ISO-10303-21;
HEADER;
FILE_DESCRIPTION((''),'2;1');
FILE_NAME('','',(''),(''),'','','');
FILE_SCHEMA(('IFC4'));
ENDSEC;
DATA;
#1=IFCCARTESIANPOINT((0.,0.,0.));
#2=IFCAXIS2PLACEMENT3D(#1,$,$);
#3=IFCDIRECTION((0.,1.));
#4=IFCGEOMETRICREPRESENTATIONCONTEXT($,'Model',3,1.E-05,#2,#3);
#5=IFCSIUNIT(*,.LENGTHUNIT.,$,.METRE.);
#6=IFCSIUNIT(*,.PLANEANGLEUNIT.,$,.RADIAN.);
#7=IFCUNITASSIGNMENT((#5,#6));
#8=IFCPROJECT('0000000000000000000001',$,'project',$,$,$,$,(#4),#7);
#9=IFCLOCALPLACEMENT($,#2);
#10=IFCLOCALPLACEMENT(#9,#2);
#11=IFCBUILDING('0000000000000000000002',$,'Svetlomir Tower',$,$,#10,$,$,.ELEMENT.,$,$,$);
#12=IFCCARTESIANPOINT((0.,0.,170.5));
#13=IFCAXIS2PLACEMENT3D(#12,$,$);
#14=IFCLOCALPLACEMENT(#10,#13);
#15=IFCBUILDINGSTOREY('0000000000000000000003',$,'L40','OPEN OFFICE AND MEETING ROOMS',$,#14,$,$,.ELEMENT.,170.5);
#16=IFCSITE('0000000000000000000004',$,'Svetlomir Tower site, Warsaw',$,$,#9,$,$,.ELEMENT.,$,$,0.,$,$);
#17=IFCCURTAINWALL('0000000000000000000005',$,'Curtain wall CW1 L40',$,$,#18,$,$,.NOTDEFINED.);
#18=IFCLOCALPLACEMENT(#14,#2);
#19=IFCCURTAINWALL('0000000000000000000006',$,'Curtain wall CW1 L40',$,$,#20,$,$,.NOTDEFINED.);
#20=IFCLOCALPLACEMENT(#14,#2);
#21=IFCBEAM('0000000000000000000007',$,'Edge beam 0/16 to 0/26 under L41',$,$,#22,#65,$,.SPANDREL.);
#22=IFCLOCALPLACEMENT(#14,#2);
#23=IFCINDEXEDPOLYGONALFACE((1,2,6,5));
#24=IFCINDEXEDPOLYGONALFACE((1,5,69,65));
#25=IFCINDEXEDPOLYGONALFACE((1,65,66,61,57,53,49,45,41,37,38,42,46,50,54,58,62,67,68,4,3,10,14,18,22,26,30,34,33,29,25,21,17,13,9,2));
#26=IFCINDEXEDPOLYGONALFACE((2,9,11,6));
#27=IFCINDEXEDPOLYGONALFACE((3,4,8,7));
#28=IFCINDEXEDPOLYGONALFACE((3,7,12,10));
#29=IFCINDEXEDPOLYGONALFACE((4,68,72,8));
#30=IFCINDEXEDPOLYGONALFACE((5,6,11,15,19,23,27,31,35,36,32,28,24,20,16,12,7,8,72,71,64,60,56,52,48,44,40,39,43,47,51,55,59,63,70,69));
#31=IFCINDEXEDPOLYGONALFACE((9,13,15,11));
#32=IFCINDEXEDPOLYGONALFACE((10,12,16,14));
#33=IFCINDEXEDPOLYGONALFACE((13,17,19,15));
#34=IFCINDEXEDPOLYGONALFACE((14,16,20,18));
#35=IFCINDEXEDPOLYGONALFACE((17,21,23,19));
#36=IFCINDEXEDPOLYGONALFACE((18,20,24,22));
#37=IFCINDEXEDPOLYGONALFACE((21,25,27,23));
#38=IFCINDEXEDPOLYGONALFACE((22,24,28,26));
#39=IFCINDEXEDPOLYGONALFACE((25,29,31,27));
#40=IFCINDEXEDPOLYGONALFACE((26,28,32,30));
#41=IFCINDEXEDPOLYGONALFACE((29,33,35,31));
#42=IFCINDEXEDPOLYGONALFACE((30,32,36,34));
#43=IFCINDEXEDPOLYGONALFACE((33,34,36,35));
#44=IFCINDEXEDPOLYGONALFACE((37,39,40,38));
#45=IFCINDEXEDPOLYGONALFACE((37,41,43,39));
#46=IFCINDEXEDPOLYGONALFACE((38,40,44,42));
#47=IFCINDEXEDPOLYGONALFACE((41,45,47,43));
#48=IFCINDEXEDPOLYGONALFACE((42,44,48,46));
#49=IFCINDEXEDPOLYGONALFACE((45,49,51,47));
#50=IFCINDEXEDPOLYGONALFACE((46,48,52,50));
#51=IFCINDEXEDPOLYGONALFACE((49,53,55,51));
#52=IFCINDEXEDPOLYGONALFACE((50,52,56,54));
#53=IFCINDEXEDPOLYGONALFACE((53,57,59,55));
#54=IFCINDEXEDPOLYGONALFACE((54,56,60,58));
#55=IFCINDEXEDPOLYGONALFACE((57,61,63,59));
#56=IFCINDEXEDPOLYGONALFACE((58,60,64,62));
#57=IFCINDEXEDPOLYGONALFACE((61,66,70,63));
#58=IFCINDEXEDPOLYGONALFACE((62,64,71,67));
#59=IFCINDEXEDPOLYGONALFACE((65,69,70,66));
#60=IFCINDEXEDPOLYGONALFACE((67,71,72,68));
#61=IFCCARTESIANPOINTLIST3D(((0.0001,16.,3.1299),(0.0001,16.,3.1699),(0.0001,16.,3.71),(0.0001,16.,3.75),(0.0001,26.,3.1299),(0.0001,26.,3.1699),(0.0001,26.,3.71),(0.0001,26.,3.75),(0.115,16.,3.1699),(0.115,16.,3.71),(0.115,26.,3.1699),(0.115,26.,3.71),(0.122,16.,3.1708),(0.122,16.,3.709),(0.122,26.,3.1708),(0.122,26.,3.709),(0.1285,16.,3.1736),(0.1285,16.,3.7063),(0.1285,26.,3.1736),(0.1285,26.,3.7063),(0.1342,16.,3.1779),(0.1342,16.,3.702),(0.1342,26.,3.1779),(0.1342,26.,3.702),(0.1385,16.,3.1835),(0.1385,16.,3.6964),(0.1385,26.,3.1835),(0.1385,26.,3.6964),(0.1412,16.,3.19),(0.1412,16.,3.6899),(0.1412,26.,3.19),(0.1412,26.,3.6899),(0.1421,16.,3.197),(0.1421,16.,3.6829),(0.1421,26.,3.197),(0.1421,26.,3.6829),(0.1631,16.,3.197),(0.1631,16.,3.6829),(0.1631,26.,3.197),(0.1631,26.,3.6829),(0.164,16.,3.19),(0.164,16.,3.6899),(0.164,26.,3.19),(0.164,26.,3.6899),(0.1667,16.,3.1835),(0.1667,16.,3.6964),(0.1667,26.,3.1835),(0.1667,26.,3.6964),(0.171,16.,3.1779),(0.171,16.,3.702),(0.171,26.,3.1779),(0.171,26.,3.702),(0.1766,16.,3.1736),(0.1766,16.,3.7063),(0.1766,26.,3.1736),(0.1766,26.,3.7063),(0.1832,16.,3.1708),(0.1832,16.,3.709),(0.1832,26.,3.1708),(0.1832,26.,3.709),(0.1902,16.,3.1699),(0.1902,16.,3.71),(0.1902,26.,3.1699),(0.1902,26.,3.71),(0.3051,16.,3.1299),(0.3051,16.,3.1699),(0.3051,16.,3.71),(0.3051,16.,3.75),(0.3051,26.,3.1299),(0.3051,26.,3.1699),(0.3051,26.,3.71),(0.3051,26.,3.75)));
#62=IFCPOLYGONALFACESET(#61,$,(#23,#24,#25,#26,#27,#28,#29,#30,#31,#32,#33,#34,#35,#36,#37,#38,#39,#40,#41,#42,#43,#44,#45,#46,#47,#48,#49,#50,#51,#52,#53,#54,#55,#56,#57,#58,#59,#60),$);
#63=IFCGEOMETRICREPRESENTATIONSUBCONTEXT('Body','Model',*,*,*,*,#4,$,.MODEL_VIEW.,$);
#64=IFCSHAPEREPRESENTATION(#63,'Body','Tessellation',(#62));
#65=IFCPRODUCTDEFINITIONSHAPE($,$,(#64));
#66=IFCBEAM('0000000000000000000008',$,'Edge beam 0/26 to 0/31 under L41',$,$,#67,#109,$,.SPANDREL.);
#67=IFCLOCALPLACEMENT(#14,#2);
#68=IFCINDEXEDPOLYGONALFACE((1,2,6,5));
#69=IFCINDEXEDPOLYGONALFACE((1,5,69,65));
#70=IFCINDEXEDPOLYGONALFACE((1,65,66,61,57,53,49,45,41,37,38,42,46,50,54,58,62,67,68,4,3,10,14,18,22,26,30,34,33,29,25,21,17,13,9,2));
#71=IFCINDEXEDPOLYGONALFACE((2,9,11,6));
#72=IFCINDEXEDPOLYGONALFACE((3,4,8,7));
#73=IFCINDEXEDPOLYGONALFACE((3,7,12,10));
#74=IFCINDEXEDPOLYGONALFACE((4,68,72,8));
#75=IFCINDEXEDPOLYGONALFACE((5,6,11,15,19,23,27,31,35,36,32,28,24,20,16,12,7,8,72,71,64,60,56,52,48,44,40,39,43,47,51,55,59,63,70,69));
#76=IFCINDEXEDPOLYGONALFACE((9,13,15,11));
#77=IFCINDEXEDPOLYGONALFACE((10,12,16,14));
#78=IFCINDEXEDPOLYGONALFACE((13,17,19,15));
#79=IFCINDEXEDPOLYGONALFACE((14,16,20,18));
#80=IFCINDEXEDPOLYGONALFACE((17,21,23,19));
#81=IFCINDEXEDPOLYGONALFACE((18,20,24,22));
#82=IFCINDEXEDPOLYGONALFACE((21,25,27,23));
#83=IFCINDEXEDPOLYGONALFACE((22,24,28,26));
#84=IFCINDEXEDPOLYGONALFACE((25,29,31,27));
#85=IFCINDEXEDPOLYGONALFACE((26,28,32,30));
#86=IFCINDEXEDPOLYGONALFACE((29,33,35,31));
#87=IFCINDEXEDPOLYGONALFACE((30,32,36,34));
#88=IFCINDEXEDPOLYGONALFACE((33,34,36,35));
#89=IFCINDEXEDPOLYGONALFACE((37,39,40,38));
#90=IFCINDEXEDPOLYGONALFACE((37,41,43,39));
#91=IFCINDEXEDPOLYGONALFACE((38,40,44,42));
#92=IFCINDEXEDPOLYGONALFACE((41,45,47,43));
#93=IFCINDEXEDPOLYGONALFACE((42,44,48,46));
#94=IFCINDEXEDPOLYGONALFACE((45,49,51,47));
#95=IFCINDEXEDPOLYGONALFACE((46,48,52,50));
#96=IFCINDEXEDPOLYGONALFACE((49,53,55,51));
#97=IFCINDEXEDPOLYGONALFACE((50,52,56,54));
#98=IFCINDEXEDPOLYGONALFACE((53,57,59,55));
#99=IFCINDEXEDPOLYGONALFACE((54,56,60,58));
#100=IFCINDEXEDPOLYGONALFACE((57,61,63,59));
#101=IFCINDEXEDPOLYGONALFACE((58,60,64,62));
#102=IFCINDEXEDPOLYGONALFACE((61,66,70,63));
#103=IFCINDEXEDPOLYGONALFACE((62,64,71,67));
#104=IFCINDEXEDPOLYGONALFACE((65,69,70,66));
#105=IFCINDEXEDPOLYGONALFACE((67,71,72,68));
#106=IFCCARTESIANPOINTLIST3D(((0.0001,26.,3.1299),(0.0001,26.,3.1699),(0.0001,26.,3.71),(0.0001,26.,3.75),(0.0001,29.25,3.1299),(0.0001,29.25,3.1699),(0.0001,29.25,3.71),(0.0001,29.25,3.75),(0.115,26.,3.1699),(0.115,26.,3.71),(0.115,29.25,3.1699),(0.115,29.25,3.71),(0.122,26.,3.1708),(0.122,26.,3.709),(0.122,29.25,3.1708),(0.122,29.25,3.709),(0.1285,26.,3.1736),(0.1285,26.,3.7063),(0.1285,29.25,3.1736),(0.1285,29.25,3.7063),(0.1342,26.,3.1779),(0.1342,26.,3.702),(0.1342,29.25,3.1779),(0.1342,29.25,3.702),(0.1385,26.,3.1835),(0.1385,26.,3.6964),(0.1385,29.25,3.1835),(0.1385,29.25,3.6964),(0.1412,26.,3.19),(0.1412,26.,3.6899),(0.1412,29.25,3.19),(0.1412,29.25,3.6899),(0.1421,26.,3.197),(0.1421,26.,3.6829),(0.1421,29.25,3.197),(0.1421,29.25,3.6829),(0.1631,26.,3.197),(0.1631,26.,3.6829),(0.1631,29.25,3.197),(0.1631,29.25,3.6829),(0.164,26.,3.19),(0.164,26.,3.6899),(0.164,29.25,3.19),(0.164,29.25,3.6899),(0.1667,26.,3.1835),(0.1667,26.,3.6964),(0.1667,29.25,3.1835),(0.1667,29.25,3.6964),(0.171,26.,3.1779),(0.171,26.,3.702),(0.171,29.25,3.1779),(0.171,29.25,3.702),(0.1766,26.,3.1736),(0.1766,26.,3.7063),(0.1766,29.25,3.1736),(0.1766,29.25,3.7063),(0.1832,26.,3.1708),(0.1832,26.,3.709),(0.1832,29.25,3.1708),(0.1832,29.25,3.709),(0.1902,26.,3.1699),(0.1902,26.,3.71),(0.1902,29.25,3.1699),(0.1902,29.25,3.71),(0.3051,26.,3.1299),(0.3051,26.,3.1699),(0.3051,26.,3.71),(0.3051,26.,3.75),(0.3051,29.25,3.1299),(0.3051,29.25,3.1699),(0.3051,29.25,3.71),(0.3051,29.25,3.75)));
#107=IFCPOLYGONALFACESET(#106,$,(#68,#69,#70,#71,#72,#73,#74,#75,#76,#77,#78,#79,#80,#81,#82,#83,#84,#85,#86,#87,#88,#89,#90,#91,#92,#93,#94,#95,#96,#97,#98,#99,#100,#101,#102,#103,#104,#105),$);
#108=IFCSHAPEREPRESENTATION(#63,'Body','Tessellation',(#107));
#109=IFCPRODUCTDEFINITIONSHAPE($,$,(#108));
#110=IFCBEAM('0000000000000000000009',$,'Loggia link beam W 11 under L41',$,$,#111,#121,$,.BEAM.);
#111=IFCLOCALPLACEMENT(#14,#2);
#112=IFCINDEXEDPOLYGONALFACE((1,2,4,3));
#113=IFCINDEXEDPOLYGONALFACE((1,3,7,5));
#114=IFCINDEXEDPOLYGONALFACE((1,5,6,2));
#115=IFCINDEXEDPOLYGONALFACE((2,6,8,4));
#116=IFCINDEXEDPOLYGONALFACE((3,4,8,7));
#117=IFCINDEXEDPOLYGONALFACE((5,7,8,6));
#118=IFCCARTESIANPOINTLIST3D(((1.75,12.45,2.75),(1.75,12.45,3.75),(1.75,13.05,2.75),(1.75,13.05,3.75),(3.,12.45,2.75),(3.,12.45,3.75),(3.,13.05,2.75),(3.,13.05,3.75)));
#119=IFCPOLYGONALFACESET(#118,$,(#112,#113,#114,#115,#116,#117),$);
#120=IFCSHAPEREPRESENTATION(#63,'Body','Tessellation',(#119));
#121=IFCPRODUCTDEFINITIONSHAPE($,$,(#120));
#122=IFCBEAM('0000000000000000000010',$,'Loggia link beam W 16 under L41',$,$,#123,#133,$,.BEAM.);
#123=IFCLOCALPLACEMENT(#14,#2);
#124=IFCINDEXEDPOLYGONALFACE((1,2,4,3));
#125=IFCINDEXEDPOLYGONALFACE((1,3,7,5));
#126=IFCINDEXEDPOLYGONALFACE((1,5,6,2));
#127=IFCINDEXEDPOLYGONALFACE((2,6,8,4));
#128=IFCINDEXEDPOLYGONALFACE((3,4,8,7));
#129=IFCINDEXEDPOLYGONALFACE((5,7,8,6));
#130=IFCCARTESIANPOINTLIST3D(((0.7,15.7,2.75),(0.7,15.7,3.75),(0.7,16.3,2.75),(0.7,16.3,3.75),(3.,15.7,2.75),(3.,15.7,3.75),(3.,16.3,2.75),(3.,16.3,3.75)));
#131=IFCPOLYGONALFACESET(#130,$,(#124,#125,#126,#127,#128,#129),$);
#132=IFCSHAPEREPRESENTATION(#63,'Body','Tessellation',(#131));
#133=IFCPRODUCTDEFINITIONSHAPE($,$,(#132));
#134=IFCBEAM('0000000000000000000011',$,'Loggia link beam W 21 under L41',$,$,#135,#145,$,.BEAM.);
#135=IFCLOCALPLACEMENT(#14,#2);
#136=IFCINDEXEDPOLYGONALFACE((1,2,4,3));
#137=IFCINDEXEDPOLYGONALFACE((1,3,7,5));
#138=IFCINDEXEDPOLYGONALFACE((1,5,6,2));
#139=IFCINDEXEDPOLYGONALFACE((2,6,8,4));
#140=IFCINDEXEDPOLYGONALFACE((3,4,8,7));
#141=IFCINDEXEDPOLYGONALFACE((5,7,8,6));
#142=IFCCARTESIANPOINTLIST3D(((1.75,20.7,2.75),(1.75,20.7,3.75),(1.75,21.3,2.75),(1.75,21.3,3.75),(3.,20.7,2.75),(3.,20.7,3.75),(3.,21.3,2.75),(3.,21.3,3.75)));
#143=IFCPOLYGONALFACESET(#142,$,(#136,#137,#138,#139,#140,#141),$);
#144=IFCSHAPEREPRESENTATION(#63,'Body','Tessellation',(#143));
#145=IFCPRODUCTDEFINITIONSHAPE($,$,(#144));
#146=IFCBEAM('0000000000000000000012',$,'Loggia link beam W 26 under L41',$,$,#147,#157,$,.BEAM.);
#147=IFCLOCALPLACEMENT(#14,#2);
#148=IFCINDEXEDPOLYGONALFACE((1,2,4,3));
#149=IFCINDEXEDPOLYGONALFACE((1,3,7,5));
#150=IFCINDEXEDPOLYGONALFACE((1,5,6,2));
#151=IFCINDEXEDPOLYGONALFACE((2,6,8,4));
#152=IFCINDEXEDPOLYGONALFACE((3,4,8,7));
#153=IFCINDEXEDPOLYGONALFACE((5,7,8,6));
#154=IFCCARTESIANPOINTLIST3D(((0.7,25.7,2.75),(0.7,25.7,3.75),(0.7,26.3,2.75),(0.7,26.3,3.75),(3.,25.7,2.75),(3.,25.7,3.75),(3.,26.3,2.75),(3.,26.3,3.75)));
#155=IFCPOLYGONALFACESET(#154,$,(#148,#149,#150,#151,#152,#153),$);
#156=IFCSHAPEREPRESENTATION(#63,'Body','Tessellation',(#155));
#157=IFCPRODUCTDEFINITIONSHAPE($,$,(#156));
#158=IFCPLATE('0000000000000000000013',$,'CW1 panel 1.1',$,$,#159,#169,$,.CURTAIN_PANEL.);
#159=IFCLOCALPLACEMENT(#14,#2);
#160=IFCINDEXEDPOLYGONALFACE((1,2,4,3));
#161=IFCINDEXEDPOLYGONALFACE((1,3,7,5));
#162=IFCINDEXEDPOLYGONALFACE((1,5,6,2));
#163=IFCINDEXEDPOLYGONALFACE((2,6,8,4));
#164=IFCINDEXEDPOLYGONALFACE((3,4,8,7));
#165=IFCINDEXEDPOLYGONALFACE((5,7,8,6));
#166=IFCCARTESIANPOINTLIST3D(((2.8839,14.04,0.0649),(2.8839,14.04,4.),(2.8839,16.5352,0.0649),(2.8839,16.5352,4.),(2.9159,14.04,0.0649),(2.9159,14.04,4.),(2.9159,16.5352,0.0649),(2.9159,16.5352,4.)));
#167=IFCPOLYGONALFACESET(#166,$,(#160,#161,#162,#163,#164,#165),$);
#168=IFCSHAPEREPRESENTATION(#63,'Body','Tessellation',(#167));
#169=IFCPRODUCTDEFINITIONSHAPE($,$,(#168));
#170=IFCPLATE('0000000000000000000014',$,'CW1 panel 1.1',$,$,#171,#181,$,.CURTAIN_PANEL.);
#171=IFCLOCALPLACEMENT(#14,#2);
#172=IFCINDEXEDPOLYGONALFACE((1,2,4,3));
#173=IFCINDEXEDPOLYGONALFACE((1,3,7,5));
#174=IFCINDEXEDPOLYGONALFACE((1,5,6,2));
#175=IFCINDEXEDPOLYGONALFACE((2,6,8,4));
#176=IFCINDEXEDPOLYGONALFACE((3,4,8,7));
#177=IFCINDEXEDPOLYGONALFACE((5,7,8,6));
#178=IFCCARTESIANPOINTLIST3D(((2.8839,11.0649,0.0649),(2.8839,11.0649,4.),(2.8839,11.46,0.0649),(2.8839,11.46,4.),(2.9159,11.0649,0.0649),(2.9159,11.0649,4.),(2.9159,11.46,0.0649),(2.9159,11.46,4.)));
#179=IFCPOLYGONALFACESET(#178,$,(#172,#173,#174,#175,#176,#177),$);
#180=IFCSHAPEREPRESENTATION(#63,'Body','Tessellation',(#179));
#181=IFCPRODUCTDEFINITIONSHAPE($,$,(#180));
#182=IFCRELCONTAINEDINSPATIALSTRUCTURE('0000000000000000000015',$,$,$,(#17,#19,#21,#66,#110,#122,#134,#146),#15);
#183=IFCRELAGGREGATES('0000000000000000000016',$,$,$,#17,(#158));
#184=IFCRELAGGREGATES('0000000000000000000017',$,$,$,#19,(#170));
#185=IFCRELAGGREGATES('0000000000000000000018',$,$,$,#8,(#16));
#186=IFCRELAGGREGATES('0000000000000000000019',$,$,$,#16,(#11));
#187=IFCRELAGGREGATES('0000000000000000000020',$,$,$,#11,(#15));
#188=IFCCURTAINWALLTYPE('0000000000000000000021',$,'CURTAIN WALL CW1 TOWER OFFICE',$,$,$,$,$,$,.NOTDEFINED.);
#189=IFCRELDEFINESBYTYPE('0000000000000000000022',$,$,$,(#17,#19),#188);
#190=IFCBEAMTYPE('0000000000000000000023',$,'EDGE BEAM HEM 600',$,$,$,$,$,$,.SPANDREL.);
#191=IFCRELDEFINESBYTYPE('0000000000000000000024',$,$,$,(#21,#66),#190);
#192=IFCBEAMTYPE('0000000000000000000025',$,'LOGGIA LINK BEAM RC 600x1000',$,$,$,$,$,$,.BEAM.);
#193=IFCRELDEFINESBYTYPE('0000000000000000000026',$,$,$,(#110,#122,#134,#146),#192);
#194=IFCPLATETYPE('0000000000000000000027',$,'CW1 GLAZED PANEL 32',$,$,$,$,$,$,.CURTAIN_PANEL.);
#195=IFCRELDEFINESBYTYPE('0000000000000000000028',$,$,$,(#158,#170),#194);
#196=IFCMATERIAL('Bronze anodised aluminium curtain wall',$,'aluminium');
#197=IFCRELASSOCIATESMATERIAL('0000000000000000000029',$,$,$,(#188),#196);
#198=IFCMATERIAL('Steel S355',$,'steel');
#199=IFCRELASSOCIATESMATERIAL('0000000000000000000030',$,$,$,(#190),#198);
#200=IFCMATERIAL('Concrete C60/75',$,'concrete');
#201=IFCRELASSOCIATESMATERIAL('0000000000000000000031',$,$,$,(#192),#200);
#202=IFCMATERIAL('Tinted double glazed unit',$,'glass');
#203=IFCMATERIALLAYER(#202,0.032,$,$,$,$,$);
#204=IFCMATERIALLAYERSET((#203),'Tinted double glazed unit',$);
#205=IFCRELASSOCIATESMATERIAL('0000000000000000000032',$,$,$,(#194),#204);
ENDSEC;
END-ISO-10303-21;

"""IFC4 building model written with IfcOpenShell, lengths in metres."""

from ifc_helpers import new_model, si_unit, direction, frame, origin, origin_2d, place, context, subcontext, project, spatial, rectangle, i_section, extrude, material, layer, layer_set, material_profile, profile_set, type_object, element, aggregate, save


model = new_model("IFC4")

# Units and contexts
model_context = context("Model", 3, precision=1e-05, world=origin(), true_north=direction((0.0, 1.0)))
body_context = subcontext(model_context, "Body", "Model", "MODEL_VIEW")
ifc_project = project(units=[si_unit("LENGTHUNIT", "METRE"), si_unit("PLANEANGLEUNIT", "RADIAN")], contexts=[model_context])

# Site, building, storey
site_placement = place(None, origin())
site = spatial("IfcSite", under=ifc_project, at=site_placement, Name="Svetlomir Tower site, Warsaw", CompositionType="ELEMENT", RefElevation=0.0)
building_placement = place(site_placement, origin())
building = spatial("IfcBuilding", under=site, at=building_placement, Name="Svetlomir Tower", CompositionType="ELEMENT")
storey_placement = place(building_placement, frame((0.0, 0.0, 170.5)))
storey = spatial("IfcBuildingStorey", under=building, at=storey_placement, Name="L40", Description="OPEN OFFICE AND MEETING ROOMS", CompositionType="ELEMENT", Elevation=170.5)

# Curtain walls
ifc_material_1 = material(Name="Bronze anodised aluminium curtain wall", Category="aluminium")
curtain_wall_type = type_object("IfcCurtainWallType", Name="CURTAIN WALL CW1 TOWER OFFICE", PredefinedType="NOTDEFINED", material=ifc_material_1)
curtain_wall_1_placement = place(storey_placement, origin())
curtain_wall_1 = element("IfcCurtainWall", 1, at=curtain_wall_1_placement, inside=storey, type_object=curtain_wall_type, Name="Curtain wall CW1 L40", PredefinedType="NOTDEFINED")
curtain_wall_2_placement = place(storey_placement, origin())
curtain_wall_2 = element("IfcCurtainWall", 2, at=curtain_wall_2_placement, inside=storey, type_object=curtain_wall_type, Name="Curtain wall CW1 L40", PredefinedType="NOTDEFINED")

# Beams
ifc_material_2 = material(Name="Steel S355", Category="steel")
ifc_material_profile_1 = material_profile(ifc_material_2, i_section(OverallWidth=0.3049, OverallDepth=0.6201, WebThickness=0.021, FlangeThickness=0.04, FilletRadius=0.0271, at=origin_2d()), Name="HEM 600")
ifc_profile_set_1 = profile_set([ifc_material_profile_1], Name="Steel S355")
beam_type_1 = type_object("IfcBeamType", Name="EDGE BEAM HEM 600", PredefinedType="SPANDREL", material=ifc_profile_set_1)
beam_1_placement = place(storey_placement, frame((0.1526, 16.0, 3.4399), z_axis=(0.0, 1.0, 0.0), x_axis=(-1.0, 0.0, 0.0)))
element("IfcBeam", 3, at=beam_1_placement, inside=storey, type_object=beam_type_1, Name="Edge beam 0/16 to 0/26 under L41", PredefinedType="SPANDREL", context=body_context, shape_type="SweptSolid", body=[
    extrude(i_section(OverallWidth=0.3049, OverallDepth=0.6201, WebThickness=0.021, FlangeThickness=0.04, FilletRadius=0.0271, at=origin_2d()), origin(), (0.0, 0.0, 1.0), 10.0),
])
beam_2_placement = place(storey_placement, frame((0.1526, 26.0, 3.4399), z_axis=(0.0, 1.0, 0.0), x_axis=(-1.0, 0.0, 0.0)))
element("IfcBeam", 4, at=beam_2_placement, inside=storey, type_object=beam_type_1, Name="Edge beam 0/26 to 0/31 under L41", PredefinedType="SPANDREL", context=body_context, shape_type="SweptSolid", body=[
    extrude(i_section(OverallWidth=0.3049, OverallDepth=0.6201, WebThickness=0.021, FlangeThickness=0.04, FilletRadius=0.0271, at=origin_2d()), origin(), (0.0, 0.0, 1.0), 3.25),
])
ifc_material_3 = material(Name="Concrete C60/75", Category="concrete")
ifc_material_profile_2 = material_profile(ifc_material_3, rectangle(XDim=0.6001, YDim=1.0, at=origin_2d()), Name="RC 600x1000")
ifc_profile_set_2 = profile_set([ifc_material_profile_2], Name="Concrete C60/75")
beam_type_2 = type_object("IfcBeamType", Name="LOGGIA LINK BEAM RC 600x1000", PredefinedType="BEAM", material=ifc_profile_set_2)
beam_3_placement = place(storey_placement, frame((1.75, 12.75, 3.25), z_axis=(1.0, 0.0, 0.0), x_axis=(0.0, 1.0, 0.0)))
element("IfcBeam", 5, at=beam_3_placement, inside=storey, type_object=beam_type_2, Name="Loggia link beam W 11 under L41", PredefinedType="BEAM", context=body_context, shape_type="SweptSolid", body=[
    extrude(rectangle(XDim=0.6001, YDim=1.0, at=origin_2d()), origin(), (0.0, 0.0, 1.0), 1.25),
])
beam_4_placement = place(storey_placement, frame((0.7, 16.0, 3.25), z_axis=(1.0, 0.0, 0.0), x_axis=(0.0, 1.0, 0.0)))
element("IfcBeam", 6, at=beam_4_placement, inside=storey, type_object=beam_type_2, Name="Loggia link beam W 16 under L41", PredefinedType="BEAM", context=body_context, shape_type="SweptSolid", body=[
    extrude(rectangle(XDim=0.6001, YDim=1.0, at=origin_2d()), origin(), (0.0, 0.0, 1.0), 2.3),
])
beam_5_placement = place(storey_placement, frame((1.75, 21.0, 3.25), z_axis=(1.0, 0.0, 0.0), x_axis=(0.0, 1.0, 0.0)))
element("IfcBeam", 7, at=beam_5_placement, inside=storey, type_object=beam_type_2, Name="Loggia link beam W 21 under L41", PredefinedType="BEAM", context=body_context, shape_type="SweptSolid", body=[
    extrude(rectangle(XDim=0.6001, YDim=1.0, at=origin_2d()), origin(), (0.0, 0.0, 1.0), 1.25),
])
beam_6_placement = place(storey_placement, frame((0.7, 26.0, 3.25), z_axis=(1.0, 0.0, 0.0), x_axis=(0.0, 1.0, 0.0)))
element("IfcBeam", 8, at=beam_6_placement, inside=storey, type_object=beam_type_2, Name="Loggia link beam W 26 under L41", PredefinedType="BEAM", context=body_context, shape_type="SweptSolid", body=[
    extrude(rectangle(XDim=0.6001, YDim=1.0, at=origin_2d()), origin(), (0.0, 0.0, 1.0), 2.3),
])

# Plates
ifc_material_4 = material(Name="Tinted double glazed unit", Category="glass")
ifc_layer_1 = layer(ifc_material_4, 0.032)
ifc_layer_set_1 = layer_set([ifc_layer_1], Name="Tinted double glazed unit")
plate_type = type_object("IfcPlateType", Name="CW1 GLAZED PANEL 32", PredefinedType="CURTAIN_PANEL", material=ifc_layer_set_1)
plate_1_placement = place(storey_placement, frame((2.8999, 15.2876, 0.0649), z_axis=(0.0, 0.0, 1.0), x_axis=(0.0, -1.0, 0.0)))
plate_1 = element("IfcPlate", 9, at=plate_1_placement, type_object=plate_type, Name="CW1 panel 1.1", PredefinedType="CURTAIN_PANEL", context=body_context, shape_type="SweptSolid", body=[
    extrude(rectangle(XDim=2.4951, YDim=0.032, at=origin_2d()), origin(), (0.0, 0.0, 1.0), 3.9351),
])
aggregate(curtain_wall_1, [plate_1])
plate_2_placement = place(storey_placement, frame((2.8999, 11.2625, 0.0649), z_axis=(0.0, 0.0, 1.0), x_axis=(0.0, -1.0, 0.0)))
plate_2 = element("IfcPlate", 10, at=plate_2_placement, type_object=plate_type, Name="CW1 panel 1.1", PredefinedType="CURTAIN_PANEL", context=body_context, shape_type="SweptSolid", body=[
    extrude(rectangle(XDim=0.395, YDim=0.032, at=origin_2d()), origin(), (0.0, 0.0, 1.0), 3.9351),
])
aggregate(curtain_wall_2, [plate_2])

save(model, "model.ifc")
